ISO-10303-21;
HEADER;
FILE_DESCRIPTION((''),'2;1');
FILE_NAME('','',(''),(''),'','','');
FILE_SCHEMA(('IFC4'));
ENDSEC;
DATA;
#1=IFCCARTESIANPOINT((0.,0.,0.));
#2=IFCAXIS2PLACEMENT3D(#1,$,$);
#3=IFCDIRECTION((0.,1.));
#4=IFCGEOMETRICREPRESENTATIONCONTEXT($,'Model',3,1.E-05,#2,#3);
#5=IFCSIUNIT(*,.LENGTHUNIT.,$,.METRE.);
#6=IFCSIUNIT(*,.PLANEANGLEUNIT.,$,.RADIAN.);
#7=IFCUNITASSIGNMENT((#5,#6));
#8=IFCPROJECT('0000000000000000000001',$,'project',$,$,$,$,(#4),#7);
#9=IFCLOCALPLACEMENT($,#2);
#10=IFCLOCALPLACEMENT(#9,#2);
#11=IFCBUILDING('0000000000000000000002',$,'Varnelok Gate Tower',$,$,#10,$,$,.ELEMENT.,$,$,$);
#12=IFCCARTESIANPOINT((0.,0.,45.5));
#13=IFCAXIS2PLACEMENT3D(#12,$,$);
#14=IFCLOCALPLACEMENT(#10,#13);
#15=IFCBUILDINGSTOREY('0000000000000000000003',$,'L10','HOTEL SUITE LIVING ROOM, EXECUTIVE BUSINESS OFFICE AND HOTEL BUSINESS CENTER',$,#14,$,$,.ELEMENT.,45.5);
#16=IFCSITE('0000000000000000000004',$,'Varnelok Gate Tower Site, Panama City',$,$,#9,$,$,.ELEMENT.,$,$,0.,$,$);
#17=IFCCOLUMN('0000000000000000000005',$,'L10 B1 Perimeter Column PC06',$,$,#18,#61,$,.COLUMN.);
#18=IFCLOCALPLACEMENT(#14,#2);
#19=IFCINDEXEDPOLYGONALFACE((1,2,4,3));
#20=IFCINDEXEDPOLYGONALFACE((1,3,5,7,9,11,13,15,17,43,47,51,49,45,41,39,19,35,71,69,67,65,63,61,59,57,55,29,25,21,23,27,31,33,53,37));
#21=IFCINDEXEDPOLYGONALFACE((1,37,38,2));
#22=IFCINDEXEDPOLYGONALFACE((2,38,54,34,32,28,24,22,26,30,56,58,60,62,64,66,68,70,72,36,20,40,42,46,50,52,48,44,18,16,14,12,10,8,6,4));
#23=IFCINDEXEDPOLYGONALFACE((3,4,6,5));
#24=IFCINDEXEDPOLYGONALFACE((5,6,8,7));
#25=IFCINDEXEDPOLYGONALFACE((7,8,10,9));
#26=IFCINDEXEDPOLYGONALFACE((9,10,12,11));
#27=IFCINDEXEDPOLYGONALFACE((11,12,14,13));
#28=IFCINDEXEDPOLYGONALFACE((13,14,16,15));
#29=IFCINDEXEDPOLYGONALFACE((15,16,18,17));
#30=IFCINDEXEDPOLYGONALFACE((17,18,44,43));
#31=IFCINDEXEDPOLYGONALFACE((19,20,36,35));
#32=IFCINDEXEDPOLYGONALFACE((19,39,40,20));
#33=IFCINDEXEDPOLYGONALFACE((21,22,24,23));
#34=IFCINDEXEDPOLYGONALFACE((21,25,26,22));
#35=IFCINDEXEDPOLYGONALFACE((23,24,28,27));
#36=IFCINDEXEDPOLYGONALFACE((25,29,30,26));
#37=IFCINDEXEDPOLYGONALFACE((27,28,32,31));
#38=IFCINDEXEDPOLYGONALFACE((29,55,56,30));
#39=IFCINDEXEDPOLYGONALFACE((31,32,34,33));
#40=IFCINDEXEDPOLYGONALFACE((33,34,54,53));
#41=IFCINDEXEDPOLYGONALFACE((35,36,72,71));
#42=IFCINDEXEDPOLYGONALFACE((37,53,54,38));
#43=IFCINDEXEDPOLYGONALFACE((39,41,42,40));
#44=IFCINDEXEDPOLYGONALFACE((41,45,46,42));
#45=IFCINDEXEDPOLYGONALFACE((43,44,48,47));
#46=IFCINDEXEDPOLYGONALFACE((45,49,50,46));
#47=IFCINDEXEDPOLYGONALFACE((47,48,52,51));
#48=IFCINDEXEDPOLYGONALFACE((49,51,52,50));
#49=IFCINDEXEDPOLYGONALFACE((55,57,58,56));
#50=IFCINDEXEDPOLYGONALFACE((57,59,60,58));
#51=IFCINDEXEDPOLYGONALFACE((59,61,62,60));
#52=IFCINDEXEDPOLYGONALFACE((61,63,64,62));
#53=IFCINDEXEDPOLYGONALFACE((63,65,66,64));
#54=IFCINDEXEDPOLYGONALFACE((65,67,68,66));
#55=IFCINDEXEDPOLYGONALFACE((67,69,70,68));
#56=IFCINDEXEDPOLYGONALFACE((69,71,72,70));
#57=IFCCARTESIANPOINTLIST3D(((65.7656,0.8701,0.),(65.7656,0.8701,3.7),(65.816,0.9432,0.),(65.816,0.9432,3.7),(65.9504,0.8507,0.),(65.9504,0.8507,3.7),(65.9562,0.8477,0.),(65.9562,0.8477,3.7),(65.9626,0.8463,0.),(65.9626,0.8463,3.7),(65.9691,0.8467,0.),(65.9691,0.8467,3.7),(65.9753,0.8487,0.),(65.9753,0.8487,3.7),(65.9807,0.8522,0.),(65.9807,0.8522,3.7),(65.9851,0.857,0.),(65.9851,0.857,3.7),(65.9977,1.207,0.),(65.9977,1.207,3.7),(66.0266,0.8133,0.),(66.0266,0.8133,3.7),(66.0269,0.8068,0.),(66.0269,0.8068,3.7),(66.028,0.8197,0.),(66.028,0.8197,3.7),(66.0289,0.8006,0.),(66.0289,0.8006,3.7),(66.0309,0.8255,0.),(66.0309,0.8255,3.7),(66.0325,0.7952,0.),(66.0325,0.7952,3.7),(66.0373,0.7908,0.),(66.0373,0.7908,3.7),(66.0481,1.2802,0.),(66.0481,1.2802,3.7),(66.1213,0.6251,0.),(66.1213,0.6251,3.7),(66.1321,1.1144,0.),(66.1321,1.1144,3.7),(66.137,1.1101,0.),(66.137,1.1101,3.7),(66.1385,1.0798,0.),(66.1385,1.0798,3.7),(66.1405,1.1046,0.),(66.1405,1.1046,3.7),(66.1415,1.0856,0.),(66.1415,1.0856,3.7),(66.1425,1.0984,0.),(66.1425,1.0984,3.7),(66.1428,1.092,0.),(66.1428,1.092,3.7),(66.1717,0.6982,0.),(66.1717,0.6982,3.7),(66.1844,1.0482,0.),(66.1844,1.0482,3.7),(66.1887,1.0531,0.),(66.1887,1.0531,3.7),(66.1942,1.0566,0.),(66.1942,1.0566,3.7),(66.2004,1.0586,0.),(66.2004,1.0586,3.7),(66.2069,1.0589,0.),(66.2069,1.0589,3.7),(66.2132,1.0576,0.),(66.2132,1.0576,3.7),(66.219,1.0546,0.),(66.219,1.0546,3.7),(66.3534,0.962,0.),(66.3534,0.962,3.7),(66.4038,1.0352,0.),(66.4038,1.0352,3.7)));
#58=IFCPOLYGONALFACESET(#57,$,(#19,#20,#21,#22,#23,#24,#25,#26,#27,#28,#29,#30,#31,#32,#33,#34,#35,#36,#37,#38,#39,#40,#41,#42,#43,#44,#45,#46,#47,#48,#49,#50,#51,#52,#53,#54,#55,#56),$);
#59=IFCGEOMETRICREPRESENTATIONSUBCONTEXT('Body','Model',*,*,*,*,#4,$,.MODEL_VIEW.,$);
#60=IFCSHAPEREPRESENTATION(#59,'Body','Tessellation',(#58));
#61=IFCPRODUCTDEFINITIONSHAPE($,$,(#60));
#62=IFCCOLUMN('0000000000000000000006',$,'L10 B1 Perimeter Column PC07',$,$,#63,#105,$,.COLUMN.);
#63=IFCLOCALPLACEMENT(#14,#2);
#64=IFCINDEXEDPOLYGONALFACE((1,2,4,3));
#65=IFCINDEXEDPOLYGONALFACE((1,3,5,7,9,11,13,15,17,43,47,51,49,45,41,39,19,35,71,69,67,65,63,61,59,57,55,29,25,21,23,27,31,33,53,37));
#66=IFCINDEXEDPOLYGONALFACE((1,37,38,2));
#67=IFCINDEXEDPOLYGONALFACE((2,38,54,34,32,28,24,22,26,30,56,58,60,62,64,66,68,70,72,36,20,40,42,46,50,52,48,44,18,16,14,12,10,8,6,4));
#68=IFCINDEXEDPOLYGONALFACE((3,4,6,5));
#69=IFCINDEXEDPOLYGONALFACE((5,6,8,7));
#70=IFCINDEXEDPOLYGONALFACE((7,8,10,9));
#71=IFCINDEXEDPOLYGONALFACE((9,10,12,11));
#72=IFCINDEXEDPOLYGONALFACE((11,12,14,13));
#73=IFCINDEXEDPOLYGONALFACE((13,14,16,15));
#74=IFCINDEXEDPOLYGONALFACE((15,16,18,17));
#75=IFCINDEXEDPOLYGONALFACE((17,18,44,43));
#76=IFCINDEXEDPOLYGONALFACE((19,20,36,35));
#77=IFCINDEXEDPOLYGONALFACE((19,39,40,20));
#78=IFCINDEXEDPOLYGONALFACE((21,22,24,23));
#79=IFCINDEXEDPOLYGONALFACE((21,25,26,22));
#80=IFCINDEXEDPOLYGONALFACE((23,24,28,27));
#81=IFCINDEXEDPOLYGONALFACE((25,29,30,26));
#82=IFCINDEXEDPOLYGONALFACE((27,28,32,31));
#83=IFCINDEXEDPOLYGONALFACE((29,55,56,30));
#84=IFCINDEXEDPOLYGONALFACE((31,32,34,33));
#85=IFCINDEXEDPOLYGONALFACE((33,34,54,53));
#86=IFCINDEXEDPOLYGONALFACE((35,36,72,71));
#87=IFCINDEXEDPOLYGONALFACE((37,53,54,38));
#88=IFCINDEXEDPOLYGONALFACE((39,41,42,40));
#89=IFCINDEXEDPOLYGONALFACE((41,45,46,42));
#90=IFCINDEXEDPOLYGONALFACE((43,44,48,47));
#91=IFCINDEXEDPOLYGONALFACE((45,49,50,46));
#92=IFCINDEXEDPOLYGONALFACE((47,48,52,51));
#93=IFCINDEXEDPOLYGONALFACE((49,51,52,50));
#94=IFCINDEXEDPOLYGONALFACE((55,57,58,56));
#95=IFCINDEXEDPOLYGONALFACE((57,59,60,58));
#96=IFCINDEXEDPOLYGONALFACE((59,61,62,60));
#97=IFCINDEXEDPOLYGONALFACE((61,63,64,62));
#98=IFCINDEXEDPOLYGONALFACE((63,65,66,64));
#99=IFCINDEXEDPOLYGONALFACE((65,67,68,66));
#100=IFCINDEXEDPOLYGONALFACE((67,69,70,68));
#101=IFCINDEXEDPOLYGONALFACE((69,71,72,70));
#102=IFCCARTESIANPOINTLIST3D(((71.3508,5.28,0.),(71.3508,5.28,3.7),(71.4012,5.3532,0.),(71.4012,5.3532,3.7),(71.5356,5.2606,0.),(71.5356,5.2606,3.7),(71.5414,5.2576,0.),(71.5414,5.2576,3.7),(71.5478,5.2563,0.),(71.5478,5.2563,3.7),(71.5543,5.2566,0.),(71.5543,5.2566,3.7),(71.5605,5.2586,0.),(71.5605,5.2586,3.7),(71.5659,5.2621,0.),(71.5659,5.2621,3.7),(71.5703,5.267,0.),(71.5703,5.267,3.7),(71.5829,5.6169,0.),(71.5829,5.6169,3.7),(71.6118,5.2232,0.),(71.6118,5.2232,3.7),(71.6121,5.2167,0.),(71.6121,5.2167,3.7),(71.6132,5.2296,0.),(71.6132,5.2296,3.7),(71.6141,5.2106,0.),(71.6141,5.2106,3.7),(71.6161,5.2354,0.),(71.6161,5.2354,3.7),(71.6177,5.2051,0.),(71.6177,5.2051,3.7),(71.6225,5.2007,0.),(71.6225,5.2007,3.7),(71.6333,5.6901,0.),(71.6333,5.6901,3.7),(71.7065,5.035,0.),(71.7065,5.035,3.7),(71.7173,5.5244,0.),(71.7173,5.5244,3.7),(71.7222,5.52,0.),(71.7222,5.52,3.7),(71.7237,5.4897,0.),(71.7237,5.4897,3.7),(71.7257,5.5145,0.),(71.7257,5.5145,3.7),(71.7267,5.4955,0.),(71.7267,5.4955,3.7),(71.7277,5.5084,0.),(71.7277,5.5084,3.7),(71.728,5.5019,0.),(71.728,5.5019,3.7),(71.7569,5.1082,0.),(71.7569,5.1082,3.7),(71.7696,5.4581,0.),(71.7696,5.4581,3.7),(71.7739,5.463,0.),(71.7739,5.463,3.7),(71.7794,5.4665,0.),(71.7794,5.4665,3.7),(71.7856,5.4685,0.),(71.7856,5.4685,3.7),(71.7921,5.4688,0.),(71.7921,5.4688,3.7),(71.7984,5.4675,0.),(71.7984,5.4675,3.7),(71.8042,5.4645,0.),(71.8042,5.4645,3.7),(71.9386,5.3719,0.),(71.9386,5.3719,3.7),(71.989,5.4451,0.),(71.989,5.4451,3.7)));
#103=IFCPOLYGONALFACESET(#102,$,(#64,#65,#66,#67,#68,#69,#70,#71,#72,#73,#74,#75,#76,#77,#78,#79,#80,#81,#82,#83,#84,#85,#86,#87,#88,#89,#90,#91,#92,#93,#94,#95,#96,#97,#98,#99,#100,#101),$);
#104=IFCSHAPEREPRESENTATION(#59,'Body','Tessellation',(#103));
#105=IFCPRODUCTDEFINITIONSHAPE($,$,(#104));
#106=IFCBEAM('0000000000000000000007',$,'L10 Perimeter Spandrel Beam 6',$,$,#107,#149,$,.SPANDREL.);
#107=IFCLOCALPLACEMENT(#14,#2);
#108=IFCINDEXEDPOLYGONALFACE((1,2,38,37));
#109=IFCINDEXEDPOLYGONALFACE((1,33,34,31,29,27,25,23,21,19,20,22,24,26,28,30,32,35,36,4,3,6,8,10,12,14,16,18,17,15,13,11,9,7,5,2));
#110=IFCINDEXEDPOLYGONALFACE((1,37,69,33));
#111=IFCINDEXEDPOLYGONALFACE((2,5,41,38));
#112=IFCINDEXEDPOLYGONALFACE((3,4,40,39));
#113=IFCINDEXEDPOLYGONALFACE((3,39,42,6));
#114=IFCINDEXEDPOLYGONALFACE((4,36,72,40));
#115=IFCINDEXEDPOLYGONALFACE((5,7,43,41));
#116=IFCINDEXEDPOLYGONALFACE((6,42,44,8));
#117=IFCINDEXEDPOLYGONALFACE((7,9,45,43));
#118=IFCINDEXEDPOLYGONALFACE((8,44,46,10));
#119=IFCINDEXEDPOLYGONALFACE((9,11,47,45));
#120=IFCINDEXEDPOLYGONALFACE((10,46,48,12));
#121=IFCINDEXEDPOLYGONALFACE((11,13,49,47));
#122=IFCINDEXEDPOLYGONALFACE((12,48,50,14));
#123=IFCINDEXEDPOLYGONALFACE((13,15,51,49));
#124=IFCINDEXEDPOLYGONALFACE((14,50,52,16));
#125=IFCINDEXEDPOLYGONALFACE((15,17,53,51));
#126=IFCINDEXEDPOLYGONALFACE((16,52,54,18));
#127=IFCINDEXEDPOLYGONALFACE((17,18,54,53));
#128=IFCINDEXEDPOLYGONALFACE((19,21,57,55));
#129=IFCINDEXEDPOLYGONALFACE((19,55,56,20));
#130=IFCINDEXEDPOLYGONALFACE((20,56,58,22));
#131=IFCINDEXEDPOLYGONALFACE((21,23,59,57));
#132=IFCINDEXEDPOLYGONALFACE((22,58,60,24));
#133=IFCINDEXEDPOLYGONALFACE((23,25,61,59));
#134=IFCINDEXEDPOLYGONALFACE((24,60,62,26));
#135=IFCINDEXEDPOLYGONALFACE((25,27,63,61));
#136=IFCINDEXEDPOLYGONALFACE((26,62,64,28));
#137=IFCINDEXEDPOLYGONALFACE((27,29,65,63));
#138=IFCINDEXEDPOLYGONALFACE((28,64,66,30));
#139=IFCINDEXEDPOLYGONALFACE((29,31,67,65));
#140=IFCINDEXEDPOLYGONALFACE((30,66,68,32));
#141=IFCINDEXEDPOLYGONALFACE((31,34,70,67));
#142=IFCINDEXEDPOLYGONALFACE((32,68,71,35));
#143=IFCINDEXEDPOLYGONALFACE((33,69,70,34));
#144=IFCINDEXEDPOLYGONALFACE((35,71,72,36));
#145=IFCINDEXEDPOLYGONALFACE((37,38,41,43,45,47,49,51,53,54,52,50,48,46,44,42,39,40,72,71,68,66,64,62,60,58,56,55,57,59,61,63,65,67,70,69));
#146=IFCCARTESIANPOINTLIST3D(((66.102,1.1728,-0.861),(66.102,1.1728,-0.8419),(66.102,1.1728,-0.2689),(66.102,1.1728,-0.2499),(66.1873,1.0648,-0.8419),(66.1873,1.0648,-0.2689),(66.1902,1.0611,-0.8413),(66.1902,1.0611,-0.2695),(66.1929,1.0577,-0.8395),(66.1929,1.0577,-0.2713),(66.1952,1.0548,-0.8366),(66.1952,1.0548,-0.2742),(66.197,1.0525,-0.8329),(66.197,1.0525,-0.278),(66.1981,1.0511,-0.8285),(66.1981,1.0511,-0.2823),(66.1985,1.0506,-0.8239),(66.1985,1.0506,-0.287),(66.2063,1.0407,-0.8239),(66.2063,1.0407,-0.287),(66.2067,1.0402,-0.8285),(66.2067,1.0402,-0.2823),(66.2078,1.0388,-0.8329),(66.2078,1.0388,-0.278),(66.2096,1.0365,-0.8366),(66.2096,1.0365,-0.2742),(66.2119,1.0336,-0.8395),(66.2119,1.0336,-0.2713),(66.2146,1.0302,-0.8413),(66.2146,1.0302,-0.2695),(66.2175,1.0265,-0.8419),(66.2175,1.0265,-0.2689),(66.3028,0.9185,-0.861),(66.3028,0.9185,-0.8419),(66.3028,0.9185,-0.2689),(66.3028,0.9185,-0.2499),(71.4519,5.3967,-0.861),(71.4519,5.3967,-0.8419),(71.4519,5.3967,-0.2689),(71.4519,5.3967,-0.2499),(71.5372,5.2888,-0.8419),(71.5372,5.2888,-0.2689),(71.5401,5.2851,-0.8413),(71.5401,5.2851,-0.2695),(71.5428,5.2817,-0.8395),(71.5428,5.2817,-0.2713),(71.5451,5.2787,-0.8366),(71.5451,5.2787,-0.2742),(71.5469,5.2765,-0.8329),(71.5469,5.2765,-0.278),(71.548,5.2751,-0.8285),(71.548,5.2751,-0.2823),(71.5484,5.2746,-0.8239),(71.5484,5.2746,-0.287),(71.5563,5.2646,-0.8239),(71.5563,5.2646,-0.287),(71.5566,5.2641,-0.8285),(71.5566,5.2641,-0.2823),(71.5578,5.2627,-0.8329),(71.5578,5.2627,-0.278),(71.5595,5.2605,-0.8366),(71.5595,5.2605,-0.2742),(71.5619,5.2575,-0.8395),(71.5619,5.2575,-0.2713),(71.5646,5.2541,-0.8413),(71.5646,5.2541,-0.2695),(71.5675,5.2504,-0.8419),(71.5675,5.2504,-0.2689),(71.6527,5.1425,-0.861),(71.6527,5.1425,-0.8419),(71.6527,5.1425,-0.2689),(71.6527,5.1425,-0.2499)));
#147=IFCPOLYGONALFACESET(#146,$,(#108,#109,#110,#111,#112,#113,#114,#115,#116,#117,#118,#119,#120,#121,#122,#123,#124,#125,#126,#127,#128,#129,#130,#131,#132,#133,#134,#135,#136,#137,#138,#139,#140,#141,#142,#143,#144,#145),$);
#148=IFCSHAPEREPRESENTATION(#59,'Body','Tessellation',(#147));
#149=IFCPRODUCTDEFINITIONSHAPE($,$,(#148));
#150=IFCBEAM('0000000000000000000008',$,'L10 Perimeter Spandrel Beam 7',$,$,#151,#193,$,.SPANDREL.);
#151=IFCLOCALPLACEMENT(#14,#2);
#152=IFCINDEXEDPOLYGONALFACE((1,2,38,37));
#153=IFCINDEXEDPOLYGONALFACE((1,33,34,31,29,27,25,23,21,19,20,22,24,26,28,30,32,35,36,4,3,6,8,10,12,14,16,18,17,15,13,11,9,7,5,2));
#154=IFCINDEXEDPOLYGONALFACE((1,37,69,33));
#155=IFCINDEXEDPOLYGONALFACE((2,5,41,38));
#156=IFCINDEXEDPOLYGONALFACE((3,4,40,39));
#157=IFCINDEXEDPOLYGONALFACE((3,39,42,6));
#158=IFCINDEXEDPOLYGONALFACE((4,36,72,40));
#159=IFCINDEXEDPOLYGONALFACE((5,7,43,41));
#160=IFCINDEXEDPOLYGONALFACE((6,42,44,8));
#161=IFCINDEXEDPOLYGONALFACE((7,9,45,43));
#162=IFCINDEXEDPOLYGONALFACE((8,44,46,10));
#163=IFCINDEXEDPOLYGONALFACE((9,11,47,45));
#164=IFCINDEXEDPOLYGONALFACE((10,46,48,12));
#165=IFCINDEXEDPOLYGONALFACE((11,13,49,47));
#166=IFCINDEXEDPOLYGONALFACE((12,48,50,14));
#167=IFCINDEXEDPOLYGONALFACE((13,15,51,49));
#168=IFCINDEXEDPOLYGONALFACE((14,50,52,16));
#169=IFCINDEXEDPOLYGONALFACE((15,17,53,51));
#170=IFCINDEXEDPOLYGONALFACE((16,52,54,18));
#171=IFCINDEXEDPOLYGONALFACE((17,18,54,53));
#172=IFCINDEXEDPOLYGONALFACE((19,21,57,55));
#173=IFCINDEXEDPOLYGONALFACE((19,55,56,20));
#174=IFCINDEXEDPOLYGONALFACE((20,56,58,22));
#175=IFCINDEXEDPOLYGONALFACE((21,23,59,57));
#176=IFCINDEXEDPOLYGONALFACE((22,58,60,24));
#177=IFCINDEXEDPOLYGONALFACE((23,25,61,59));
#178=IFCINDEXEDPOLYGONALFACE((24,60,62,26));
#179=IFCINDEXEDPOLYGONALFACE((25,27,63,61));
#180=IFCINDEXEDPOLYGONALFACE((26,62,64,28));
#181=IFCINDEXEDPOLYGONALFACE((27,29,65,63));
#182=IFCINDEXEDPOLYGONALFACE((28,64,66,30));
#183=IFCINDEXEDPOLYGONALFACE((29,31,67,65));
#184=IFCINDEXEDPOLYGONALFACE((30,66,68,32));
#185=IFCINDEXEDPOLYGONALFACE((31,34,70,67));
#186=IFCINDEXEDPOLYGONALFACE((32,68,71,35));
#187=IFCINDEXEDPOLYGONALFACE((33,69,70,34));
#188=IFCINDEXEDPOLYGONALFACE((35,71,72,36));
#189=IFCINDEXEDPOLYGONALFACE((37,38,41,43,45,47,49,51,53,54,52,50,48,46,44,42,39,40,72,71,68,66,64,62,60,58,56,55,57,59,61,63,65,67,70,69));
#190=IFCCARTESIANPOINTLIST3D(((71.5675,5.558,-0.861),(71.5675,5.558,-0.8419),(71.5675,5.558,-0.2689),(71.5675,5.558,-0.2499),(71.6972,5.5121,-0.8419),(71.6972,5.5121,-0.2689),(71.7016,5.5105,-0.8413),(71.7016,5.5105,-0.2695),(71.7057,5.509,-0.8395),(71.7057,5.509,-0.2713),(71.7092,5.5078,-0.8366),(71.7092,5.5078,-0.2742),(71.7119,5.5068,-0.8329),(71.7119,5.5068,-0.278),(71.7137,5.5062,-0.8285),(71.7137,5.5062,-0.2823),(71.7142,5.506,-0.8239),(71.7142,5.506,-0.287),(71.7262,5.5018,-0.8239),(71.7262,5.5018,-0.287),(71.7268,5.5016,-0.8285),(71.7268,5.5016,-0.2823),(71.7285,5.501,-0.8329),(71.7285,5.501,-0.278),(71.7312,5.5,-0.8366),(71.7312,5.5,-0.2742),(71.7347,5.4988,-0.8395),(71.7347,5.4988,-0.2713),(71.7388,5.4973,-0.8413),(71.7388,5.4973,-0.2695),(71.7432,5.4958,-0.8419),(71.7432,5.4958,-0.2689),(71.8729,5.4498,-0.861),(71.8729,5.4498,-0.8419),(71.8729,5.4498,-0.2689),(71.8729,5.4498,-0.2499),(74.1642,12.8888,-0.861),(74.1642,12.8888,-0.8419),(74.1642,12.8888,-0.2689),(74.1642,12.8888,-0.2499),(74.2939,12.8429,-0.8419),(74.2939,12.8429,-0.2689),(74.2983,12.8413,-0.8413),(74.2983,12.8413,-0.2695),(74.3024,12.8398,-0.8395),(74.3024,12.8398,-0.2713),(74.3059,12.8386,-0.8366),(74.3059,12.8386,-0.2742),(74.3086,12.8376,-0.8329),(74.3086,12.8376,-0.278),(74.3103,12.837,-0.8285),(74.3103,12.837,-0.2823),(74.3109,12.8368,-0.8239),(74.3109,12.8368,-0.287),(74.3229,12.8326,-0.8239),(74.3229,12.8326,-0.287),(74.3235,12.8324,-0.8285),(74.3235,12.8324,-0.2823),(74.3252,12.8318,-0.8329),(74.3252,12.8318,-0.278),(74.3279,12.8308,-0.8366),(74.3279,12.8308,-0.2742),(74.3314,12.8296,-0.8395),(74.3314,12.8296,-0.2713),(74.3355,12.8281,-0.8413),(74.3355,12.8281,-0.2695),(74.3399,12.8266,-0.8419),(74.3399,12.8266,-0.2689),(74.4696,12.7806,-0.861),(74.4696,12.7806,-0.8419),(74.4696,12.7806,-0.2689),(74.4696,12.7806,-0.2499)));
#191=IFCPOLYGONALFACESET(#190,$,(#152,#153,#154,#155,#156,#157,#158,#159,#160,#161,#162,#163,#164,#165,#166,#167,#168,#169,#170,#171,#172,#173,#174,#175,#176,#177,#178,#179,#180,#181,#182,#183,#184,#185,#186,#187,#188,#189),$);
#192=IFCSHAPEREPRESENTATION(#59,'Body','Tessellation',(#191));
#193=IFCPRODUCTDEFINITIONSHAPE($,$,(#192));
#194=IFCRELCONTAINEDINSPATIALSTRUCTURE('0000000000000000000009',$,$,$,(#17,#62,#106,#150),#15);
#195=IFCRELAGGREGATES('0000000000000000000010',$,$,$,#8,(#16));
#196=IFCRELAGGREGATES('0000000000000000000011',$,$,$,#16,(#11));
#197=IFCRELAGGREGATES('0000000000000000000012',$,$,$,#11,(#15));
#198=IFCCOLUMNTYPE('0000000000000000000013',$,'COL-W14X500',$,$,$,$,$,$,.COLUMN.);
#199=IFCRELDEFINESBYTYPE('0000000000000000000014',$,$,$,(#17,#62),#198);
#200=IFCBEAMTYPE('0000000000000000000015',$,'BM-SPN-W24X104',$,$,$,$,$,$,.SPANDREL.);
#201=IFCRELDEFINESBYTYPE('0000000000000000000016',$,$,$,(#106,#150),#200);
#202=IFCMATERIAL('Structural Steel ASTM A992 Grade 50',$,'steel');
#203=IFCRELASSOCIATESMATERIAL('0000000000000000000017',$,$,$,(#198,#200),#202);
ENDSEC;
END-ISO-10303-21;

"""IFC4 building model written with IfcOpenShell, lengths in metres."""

from ifc_helpers import new_model, si_unit, direction, frame, origin, origin_2d, place, context, subcontext, project, spatial, i_section, extrude, material, material_profile, profile_set, type_object, element, save


model = new_model("IFC4")

# Units and contexts
model_context = context("Model", 3, precision=1e-05, world=origin(), true_north=direction((0.0, 1.0)))
body_context = subcontext(model_context, "Body", "Model", "MODEL_VIEW")
ifc_project = project(units=[si_unit("LENGTHUNIT", "METRE"), si_unit("PLANEANGLEUNIT", "RADIAN")], contexts=[model_context])

# Site, building, storey
site_placement = place(None, origin())
site = spatial("IfcSite", under=ifc_project, at=site_placement, Name="Varnelok Gate Tower Site, Panama City", CompositionType="ELEMENT", RefElevation=0.0)
building_placement = place(site_placement, origin())
building = spatial("IfcBuilding", under=site, at=building_placement, Name="Varnelok Gate Tower", CompositionType="ELEMENT")
storey_placement = place(building_placement, frame((0.0, 0.0, 45.5)))
storey = spatial("IfcBuildingStorey", under=building, at=storey_placement, Name="L10", Description="HOTEL SUITE LIVING ROOM, EXECUTIVE BUSINESS OFFICE AND HOTEL BUSINESS CENTER", CompositionType="ELEMENT", Elevation=45.5)

# Columns
ifc_material_1 = material(Name="Structural Steel ASTM A992 Grade 50", Category="steel")
ifc_material_profile_1 = material_profile(ifc_material_1, i_section(OverallWidth=0.4319, OverallDepth=0.498, WebThickness=0.0557, FlangeThickness=0.0889, FilletRadius=0.0249, at=origin_2d()), Name="W14X500")
ifc_profile_set_1 = profile_set([ifc_material_profile_1], Name="Structural Steel ASTM A992 Grade 50")
column_type = type_object("IfcColumnType", Name="COL-W14X500", PredefinedType="COLUMN", material=ifc_profile_set_1)
for number, where, z_axis, x_axis, name in (
    (1, (66.0847, 0.9526, 0.0), (0.0, 0.0, 1.0), (0.823533, -0.567269, 0.0), "L10 B1 Perimeter Column PC06"),
    (2, (71.6699, 5.3625, 0.0), (0.0, 0.0, 1.0), (0.823533, -0.567269, 0.0), "L10 B1 Perimeter Column PC07"),
):
    element("IfcColumn", number, at=place(storey_placement, frame(where, z_axis=z_axis, x_axis=x_axis)), inside=storey, type_object=column_type, Name=name, PredefinedType="COLUMN", context=body_context, shape_type="SweptSolid", body=[
        extrude(i_section(OverallWidth=0.4319, OverallDepth=0.498, WebThickness=0.0557, FlangeThickness=0.0889, FilletRadius=0.0249, at=origin_2d()), origin(), (0.0, 0.0, 1.0), 3.7),
    ])

# Beams
ifc_material_profile_2 = material_profile(ifc_material_1, i_section(OverallWidth=0.324, OverallDepth=0.6111, WebThickness=0.0127, FlangeThickness=0.019, FilletRadius=0.0181, at=origin_2d()), Name="W24X104")
ifc_profile_set_2 = profile_set([ifc_material_profile_2], Name="Structural Steel ASTM A992 Grade 50")
beam_type = type_object("IfcBeamType", Name="BM-SPN-W24X104", PredefinedType="SPANDREL", material=ifc_profile_set_2)
beam_1_placement = place(storey_placement, frame((66.2024, 1.0457, -0.5554), z_axis=(0.784861, 0.619672, 0.0), x_axis=(-0.619672, 0.784861, 0.0)))
element("IfcBeam", 3, at=beam_1_placement, inside=storey, type_object=beam_type, Name="L10 Perimeter Spandrel Beam 6", PredefinedType="SPANDREL", context=body_context, shape_type="SweptSolid", body=[
    extrude(i_section(OverallWidth=0.324, OverallDepth=0.6111, WebThickness=0.0127, FlangeThickness=0.019, FilletRadius=0.0181, at=origin_2d()), origin(), (0.0, 0.0, 1.0), 6.8164),
])
beam_2_placement = place(storey_placement, frame((71.7202, 5.5039, -0.5554), z_axis=(0.333887, 0.942613, 0.0), x_axis=(-0.942613, 0.333887, 0.0)))
element("IfcBeam", 4, at=beam_2_placement, inside=storey, type_object=beam_type, Name="L10 Perimeter Spandrel Beam 7", PredefinedType="SPANDREL", context=body_context, shape_type="SweptSolid", body=[
    extrude(i_section(OverallWidth=0.324, OverallDepth=0.6111, WebThickness=0.0127, FlangeThickness=0.019, FilletRadius=0.0181, at=origin_2d()), origin(), (0.0, 0.0, 1.0), 7.7771),
])

save(model, "model.ifc")
